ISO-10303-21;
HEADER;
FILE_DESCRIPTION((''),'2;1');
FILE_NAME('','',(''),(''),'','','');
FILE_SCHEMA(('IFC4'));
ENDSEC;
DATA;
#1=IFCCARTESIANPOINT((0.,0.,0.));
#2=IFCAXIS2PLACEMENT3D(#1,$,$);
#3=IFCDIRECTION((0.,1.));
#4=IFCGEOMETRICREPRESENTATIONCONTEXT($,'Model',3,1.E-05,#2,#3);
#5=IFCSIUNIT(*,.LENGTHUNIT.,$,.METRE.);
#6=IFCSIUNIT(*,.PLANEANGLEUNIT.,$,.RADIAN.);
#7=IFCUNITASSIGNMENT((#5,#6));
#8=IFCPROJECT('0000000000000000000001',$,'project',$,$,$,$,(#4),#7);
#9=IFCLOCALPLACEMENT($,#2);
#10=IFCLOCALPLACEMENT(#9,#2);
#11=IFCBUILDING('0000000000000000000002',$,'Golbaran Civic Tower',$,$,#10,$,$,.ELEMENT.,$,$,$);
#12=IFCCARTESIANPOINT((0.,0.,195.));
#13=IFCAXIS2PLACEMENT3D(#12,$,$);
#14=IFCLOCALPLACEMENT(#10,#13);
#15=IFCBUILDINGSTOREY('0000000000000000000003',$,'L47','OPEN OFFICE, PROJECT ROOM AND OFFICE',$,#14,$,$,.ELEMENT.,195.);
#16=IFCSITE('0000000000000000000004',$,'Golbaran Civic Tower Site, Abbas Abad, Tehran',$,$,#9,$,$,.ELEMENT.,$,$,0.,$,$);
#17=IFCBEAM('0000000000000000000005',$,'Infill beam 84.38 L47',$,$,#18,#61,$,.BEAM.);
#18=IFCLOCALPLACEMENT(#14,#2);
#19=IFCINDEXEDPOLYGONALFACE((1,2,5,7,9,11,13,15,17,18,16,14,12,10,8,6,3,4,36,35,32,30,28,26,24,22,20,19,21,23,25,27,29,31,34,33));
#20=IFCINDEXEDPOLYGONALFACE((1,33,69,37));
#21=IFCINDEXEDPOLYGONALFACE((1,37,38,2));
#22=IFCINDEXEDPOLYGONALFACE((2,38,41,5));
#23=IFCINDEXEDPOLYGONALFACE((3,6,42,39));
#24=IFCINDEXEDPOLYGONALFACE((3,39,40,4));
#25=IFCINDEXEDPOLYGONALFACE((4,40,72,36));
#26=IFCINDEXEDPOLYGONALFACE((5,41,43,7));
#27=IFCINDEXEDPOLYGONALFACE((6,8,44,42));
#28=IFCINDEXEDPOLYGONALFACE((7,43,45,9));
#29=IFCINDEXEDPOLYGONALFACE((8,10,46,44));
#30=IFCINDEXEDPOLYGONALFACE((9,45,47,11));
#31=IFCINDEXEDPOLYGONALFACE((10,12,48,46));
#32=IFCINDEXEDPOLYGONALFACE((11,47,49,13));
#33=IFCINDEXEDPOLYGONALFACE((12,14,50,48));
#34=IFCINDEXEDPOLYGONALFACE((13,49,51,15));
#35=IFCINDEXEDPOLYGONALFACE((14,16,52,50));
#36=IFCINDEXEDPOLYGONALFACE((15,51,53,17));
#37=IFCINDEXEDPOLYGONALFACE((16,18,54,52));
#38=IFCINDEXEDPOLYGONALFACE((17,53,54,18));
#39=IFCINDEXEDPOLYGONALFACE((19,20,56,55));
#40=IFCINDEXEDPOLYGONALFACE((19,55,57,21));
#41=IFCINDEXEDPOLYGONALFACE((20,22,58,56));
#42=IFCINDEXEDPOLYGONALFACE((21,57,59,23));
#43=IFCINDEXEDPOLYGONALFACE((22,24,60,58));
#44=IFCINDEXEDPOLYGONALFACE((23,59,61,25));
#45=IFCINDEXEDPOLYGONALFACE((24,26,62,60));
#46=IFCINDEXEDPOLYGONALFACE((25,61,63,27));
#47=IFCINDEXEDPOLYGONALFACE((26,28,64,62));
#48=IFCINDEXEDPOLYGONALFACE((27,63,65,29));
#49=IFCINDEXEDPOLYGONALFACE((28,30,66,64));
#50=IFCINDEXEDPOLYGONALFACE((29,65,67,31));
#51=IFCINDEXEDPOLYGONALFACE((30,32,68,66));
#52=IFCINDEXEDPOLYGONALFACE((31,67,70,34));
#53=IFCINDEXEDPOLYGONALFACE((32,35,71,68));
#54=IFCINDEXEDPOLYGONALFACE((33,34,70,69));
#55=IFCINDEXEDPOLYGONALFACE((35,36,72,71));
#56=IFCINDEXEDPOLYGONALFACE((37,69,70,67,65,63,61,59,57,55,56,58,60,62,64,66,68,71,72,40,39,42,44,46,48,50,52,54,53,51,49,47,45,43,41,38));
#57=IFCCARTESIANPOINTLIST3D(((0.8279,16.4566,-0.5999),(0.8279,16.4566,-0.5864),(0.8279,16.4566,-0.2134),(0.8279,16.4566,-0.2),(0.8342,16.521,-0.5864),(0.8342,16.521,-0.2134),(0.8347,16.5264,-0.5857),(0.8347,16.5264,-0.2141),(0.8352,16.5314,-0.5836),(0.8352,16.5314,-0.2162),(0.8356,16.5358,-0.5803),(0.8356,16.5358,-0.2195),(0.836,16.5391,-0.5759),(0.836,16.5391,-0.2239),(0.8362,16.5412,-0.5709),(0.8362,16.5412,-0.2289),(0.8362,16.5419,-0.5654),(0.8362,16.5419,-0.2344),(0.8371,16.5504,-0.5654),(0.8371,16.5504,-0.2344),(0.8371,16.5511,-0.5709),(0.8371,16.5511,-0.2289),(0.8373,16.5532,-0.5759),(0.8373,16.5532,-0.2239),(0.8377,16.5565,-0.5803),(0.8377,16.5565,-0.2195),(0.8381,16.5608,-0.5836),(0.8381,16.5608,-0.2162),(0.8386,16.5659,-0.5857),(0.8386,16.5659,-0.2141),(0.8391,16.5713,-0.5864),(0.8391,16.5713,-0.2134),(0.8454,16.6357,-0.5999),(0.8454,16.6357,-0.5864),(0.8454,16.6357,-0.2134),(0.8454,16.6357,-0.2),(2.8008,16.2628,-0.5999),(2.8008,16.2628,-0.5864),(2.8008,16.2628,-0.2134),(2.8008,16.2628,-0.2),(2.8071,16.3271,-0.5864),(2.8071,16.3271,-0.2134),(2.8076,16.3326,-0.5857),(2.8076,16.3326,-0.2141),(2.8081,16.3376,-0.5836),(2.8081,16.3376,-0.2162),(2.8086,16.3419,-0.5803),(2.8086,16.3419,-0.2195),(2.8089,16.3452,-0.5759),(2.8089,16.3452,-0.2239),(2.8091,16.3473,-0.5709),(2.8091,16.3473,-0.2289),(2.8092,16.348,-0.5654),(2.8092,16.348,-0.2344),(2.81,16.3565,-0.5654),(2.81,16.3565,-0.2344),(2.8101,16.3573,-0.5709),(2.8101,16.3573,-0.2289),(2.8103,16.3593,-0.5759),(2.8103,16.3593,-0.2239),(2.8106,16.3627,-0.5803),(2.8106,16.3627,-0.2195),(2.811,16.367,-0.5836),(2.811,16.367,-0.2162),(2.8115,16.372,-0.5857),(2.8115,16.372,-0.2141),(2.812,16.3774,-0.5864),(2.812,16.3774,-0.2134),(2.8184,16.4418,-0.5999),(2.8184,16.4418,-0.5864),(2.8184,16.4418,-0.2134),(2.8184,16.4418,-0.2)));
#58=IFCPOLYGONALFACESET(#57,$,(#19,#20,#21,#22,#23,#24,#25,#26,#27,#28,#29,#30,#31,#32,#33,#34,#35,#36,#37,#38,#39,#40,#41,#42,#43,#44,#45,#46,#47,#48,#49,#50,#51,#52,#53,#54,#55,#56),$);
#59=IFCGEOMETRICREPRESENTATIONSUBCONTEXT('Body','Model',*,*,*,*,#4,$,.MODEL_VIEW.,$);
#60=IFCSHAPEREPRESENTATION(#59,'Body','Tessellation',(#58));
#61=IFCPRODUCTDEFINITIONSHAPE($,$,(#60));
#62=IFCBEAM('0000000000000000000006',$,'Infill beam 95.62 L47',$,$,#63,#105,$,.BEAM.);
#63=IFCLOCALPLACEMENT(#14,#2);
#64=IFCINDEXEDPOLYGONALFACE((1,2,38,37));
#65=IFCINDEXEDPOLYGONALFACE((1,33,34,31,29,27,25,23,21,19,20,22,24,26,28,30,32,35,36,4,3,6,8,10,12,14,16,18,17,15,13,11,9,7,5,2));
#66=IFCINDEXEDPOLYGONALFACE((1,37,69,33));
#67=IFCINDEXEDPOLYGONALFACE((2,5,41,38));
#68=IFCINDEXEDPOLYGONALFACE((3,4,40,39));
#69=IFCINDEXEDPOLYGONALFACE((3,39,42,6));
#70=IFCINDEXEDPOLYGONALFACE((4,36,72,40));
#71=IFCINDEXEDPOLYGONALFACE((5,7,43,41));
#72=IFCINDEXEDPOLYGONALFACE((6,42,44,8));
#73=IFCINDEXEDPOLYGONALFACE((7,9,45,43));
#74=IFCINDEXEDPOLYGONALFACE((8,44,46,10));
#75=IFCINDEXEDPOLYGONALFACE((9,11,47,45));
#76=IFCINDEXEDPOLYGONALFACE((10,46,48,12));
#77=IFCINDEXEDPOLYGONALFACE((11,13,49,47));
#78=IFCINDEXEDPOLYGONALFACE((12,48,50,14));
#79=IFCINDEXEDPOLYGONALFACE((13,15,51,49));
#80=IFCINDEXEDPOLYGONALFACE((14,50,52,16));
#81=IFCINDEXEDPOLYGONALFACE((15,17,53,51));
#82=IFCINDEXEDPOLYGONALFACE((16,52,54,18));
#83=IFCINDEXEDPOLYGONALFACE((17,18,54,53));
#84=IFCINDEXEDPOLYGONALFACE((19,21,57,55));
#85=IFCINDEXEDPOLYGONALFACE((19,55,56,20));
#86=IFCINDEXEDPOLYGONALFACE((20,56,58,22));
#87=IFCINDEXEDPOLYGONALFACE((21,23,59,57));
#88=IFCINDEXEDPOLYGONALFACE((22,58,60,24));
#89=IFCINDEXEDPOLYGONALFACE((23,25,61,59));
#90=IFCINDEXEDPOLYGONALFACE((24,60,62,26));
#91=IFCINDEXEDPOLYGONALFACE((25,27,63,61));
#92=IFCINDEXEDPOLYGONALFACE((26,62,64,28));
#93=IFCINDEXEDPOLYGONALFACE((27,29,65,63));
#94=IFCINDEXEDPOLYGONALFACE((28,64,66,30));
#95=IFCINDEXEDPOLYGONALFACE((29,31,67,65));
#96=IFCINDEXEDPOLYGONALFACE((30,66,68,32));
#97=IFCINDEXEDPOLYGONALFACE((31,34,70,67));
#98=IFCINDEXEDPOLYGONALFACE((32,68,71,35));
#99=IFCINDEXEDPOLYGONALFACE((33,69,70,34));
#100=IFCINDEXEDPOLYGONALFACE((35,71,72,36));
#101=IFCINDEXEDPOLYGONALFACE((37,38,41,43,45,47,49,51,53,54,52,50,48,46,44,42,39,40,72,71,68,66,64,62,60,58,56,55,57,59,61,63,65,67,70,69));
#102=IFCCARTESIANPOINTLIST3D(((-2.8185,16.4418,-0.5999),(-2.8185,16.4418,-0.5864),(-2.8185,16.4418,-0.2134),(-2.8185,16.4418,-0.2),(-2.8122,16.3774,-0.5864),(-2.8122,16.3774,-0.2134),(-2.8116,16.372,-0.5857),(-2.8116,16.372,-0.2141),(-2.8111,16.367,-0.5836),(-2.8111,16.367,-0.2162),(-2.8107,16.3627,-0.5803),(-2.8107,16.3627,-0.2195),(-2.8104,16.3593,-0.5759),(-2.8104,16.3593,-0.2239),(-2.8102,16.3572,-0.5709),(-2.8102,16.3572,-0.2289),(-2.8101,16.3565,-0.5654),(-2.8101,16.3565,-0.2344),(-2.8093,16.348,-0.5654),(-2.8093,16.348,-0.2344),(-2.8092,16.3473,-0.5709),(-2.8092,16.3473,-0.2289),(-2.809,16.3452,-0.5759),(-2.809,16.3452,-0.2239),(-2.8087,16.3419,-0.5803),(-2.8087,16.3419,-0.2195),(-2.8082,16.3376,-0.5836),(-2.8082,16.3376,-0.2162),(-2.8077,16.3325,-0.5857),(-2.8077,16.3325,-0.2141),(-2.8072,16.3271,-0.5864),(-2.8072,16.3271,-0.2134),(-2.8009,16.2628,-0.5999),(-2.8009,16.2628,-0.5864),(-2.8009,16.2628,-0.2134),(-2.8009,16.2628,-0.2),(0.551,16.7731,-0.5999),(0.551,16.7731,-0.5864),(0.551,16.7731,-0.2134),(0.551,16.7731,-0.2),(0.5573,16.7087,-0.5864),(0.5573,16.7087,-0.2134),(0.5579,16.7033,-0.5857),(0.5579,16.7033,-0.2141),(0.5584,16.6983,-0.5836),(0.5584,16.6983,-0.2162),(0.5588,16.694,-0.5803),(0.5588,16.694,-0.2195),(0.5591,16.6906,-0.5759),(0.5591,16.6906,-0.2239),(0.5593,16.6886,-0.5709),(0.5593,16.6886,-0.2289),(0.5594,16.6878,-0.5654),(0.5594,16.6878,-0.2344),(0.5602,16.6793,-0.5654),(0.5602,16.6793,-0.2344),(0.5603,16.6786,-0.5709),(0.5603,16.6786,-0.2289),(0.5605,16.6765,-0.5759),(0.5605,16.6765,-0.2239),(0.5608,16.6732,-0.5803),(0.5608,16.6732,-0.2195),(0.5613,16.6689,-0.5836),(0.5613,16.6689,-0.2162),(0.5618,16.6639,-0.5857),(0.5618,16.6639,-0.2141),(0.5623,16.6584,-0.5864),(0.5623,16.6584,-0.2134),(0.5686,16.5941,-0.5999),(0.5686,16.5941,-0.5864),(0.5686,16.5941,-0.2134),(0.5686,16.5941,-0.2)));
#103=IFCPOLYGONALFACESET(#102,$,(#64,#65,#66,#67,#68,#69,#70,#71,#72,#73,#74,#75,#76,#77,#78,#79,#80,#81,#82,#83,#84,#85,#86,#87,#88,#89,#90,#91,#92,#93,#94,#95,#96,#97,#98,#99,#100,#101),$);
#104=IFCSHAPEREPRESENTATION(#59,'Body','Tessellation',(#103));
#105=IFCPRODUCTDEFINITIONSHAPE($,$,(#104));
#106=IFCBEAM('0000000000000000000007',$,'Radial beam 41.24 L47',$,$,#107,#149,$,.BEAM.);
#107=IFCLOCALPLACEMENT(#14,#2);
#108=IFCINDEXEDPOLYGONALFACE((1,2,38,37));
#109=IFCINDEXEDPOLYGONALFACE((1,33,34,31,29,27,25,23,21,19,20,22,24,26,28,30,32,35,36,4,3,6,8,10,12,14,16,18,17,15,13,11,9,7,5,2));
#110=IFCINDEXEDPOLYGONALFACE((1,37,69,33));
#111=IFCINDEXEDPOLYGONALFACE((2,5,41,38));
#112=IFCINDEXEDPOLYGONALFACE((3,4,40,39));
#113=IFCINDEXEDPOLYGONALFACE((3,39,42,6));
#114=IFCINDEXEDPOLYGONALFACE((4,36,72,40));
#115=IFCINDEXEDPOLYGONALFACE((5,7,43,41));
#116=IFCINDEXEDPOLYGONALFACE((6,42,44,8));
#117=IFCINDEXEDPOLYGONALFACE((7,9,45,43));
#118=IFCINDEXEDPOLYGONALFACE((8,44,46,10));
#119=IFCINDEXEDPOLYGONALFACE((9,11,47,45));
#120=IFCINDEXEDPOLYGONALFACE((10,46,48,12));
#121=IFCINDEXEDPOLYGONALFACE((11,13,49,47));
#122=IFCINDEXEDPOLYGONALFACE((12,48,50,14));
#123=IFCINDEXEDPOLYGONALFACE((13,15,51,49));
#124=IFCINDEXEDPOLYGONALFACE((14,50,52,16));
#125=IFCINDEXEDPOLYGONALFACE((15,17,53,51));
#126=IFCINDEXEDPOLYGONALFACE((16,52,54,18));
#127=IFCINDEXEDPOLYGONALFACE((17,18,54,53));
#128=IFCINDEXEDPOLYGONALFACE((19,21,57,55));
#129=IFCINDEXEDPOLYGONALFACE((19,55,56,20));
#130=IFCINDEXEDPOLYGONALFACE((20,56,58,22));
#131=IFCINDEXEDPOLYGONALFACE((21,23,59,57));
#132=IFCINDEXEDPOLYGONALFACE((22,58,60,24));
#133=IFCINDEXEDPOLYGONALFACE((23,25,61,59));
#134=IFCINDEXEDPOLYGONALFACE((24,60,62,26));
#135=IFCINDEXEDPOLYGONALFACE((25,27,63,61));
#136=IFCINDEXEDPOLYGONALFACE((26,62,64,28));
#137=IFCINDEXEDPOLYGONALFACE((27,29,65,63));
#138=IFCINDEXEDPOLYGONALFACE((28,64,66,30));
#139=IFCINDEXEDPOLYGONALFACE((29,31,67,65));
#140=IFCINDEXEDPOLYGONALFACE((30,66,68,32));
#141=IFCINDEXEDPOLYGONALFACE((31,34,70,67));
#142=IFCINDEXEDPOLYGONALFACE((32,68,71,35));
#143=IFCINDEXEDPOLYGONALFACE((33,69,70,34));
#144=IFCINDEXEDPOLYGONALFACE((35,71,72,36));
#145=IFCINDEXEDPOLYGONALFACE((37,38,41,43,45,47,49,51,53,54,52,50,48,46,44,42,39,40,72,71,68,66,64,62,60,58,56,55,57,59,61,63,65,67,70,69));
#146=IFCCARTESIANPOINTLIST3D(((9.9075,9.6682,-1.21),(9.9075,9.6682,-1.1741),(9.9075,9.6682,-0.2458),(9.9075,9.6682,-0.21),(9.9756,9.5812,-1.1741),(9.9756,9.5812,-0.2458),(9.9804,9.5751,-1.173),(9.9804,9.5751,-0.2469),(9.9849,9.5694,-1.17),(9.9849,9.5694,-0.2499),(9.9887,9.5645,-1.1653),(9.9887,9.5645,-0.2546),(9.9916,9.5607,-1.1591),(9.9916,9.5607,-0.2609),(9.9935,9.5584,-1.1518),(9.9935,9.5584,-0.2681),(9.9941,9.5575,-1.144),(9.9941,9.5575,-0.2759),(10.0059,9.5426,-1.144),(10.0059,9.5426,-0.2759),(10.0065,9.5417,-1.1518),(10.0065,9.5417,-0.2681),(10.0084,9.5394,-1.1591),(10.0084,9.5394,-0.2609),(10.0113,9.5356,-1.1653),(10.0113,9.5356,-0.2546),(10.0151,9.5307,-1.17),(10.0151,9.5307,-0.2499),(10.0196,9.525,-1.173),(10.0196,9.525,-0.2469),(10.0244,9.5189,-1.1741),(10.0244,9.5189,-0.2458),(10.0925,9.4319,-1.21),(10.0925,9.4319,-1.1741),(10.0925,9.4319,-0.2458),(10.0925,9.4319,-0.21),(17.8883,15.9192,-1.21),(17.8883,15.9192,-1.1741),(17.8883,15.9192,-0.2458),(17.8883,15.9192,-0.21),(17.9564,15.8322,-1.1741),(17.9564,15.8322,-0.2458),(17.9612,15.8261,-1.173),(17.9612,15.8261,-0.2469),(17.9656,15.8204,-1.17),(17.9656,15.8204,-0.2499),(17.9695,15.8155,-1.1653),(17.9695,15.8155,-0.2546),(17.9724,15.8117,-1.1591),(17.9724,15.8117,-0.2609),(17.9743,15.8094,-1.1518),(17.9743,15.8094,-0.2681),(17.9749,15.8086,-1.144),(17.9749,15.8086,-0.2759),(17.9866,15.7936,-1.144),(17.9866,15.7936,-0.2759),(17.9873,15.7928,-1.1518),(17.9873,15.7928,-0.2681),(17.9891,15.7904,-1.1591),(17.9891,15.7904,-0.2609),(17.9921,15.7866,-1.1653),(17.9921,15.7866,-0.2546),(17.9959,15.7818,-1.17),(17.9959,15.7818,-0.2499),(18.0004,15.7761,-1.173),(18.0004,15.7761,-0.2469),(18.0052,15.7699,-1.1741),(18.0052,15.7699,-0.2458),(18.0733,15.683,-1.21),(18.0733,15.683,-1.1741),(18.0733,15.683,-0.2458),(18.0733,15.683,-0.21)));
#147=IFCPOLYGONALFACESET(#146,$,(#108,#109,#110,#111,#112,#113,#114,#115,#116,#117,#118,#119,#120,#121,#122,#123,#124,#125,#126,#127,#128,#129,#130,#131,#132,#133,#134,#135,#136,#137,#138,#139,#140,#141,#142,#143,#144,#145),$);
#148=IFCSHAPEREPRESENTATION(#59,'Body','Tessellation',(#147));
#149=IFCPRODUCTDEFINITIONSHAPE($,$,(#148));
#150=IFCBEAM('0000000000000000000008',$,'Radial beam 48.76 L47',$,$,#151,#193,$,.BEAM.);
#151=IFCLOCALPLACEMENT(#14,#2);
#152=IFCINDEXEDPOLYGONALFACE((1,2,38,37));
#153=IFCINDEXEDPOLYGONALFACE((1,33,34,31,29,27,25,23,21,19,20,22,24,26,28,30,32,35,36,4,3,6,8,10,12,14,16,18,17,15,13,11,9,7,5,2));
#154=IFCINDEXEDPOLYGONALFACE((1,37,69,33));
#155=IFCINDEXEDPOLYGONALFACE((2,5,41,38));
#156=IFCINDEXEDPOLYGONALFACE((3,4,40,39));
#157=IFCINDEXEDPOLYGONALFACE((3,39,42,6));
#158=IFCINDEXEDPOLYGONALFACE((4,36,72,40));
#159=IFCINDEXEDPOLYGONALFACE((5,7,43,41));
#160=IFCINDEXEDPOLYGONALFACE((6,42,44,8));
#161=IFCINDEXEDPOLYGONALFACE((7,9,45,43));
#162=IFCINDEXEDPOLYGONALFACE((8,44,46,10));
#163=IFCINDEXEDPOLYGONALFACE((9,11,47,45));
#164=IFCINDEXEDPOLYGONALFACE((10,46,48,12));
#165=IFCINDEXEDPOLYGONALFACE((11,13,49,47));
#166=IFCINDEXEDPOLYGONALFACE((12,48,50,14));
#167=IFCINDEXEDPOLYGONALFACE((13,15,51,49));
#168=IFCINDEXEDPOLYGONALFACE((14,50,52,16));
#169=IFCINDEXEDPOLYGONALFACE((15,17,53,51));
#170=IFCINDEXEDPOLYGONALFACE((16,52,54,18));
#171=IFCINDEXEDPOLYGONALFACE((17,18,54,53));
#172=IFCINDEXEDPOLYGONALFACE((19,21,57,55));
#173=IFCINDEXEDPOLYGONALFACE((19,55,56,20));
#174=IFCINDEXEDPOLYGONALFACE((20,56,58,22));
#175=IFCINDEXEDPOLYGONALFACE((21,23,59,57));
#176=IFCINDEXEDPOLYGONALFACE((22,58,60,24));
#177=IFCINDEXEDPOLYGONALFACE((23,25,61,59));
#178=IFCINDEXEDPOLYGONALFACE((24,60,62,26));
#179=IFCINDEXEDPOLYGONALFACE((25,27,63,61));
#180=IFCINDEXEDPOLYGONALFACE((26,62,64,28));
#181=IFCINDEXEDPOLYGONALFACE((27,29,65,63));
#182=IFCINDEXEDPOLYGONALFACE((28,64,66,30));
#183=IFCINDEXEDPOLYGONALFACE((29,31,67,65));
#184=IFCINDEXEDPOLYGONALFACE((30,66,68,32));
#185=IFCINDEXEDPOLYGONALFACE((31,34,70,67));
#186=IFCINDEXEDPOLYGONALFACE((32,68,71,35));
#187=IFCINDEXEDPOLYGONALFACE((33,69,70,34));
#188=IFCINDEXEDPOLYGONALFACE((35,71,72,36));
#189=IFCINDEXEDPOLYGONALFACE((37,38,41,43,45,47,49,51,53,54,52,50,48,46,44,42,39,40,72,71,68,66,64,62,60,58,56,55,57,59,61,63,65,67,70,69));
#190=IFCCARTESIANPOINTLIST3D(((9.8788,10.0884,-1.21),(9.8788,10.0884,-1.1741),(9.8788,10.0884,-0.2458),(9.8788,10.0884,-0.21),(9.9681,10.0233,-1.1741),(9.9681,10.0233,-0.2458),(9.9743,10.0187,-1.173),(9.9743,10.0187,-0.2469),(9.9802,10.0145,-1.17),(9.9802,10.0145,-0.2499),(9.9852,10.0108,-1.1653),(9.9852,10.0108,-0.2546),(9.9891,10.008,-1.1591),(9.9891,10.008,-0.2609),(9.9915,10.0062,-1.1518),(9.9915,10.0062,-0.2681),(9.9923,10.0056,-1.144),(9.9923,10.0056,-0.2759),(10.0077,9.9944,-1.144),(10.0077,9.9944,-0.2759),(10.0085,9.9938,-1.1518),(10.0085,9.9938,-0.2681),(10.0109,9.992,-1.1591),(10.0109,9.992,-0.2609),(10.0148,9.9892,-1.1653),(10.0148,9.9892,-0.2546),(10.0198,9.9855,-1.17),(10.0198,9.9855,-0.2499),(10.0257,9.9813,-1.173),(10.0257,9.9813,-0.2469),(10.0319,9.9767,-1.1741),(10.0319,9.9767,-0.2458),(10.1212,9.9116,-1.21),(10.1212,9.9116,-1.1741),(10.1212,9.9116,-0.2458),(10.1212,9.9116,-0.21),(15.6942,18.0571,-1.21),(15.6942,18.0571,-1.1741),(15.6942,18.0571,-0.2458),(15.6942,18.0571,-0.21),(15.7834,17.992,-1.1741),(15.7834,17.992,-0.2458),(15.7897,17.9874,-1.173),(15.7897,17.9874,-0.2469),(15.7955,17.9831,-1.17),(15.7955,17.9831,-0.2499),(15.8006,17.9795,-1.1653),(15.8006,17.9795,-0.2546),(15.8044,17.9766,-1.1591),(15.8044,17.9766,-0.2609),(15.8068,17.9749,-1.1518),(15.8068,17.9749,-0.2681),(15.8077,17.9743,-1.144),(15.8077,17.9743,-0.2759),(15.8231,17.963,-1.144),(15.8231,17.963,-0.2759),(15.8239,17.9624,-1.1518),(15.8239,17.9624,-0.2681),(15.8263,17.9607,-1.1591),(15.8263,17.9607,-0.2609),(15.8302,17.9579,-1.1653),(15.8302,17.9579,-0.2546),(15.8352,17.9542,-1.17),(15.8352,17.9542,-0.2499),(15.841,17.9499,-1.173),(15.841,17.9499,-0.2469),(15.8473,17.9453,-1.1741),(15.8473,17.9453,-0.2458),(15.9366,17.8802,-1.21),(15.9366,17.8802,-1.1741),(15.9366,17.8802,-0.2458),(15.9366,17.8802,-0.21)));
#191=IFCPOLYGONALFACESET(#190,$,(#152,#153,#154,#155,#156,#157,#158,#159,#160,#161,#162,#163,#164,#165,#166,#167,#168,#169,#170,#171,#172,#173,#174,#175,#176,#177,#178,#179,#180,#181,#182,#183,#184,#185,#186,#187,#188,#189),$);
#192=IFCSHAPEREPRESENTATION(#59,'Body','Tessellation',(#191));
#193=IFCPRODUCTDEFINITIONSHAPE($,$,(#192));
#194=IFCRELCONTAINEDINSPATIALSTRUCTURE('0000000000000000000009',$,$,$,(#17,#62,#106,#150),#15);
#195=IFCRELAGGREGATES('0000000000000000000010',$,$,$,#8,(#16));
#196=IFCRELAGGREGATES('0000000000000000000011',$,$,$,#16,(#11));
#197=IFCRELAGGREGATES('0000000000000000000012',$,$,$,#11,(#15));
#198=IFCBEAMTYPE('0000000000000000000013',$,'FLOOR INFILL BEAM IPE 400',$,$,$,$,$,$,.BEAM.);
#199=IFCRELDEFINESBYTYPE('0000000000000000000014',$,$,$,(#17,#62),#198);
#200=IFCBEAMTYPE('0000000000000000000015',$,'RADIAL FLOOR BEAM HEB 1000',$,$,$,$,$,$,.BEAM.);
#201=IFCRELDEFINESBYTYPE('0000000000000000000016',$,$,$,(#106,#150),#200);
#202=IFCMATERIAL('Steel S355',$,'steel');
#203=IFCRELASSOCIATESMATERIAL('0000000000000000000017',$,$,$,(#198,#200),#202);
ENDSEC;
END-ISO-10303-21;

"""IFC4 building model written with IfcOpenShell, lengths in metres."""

from ifc_helpers import new_model, si_unit, direction, frame, origin, origin_2d, place, context, subcontext, project, spatial, i_section, extrude, material, material_profile, profile_set, type_object, element, save


model = new_model("IFC4")

# Units and contexts
model_context = context("Model", 3, precision=1e-05, world=origin(), true_north=direction((0.0, 1.0)))
body_context = subcontext(model_context, "Body", "Model", "MODEL_VIEW")
ifc_project = project(units=[si_unit("LENGTHUNIT", "METRE"), si_unit("PLANEANGLEUNIT", "RADIAN")], contexts=[model_context])

# Site, building, storey
site_placement = place(None, origin())
site = spatial("IfcSite", under=ifc_project, at=site_placement, Name="Golbaran Civic Tower Site, Abbas Abad, Tehran", CompositionType="ELEMENT", RefElevation=0.0)
building_placement = place(site_placement, origin())
building = spatial("IfcBuilding", under=site, at=building_placement, Name="Golbaran Civic Tower", CompositionType="ELEMENT")
storey_placement = place(building_placement, frame((0.0, 0.0, 195.0)))
storey = spatial("IfcBuildingStorey", under=building, at=storey_placement, Name="L47", Description="OPEN OFFICE, PROJECT ROOM AND OFFICE", CompositionType="ELEMENT", Elevation=195.0)

# Beams
ifc_material_1 = material(Name="Steel S355", Category="steel")
ifc_material_profile_1 = material_profile(ifc_material_1, i_section(OverallWidth=0.1799, OverallDepth=0.3999, WebThickness=0.0085, FlangeThickness=0.0134, FilletRadius=0.021, at=origin_2d()), Name="IPE 400")
ifc_profile_set_1 = profile_set([ifc_material_profile_1], Name="Steel S355")
beam_type_1 = type_object("IfcBeamType", Name="FLOOR INFILL BEAM IPE 400", PredefinedType="BEAM", material=ifc_profile_set_1)
beam_1_placement = place(storey_placement, frame((2.8096, 16.3523, -0.3999), z_axis=(-0.995208, 0.097784, 0.0), x_axis=(-0.097784, -0.995208, 0.0)))
element("IfcBeam", 1, at=beam_1_placement, inside=storey, type_object=beam_type_1, Name="Infill beam 84.38 L47", PredefinedType="BEAM", context=body_context, shape_type="SweptSolid", body=[
    extrude(i_section(OverallWidth=0.1799, OverallDepth=0.3999, WebThickness=0.0085, FlangeThickness=0.0134, FilletRadius=0.021, at=origin_2d()), origin(), (0.0, 0.0, 1.0), 1.9824),
])
beam_2_placement = place(storey_placement, frame((0.5598, 16.6836, -0.3999), z_axis=(-0.995201, -0.097854, 0.0), x_axis=(0.097854, -0.995201, 0.0)))
element("IfcBeam", 2, at=beam_2_placement, inside=storey, type_object=beam_type_1, Name="Infill beam 95.62 L47", PredefinedType="BEAM", context=body_context, shape_type="SweptSolid", body=[
    extrude(i_section(OverallWidth=0.1799, OverallDepth=0.3999, WebThickness=0.0085, FlangeThickness=0.0134, FilletRadius=0.021, at=origin_2d()), origin(), (0.0, 0.0, 1.0), 3.3857),
])
ifc_material_profile_2 = material_profile(ifc_material_1, i_section(OverallWidth=0.3, OverallDepth=1.0, WebThickness=0.019, FlangeThickness=0.0359, FilletRadius=0.03, at=origin_2d()), Name="HEB 1000")
ifc_profile_set_2 = profile_set([ifc_material_profile_2], Name="Steel S355")
beam_type_2 = type_object("IfcBeamType", Name="RADIAL FLOOR BEAM HEB 1000", PredefinedType="BEAM", material=ifc_profile_set_2)
beam_3_placement = place(storey_placement, frame((10.0, 9.55, -0.71), z_axis=(0.787256, 0.616626, 0.0), x_axis=(-0.616626, 0.787256, 0.0)))
element("IfcBeam", 3, at=beam_3_placement, inside=storey, type_object=beam_type_2, Name="Radial beam 41.24 L47", PredefinedType="BEAM", context=body_context, shape_type="SweptSolid", body=[
    extrude(i_section(OverallWidth=0.3, OverallDepth=1.0, WebThickness=0.019, FlangeThickness=0.0359, FilletRadius=0.03, at=origin_2d()), origin(), (0.0, 0.0, 1.0), 10.1375),
])
beam_4_placement = place(storey_placement, frame((10.0, 10.0, -0.71), z_axis=(0.589495, 0.807772, 0.0), x_axis=(-0.807772, 0.589495, 0.0)))
element("IfcBeam", 4, at=beam_4_placement, inside=storey, type_object=beam_type_2, Name="Radial beam 48.76 L47", PredefinedType="BEAM", context=body_context, shape_type="SweptSolid", body=[
    extrude(i_section(OverallWidth=0.3, OverallDepth=1.0, WebThickness=0.019, FlangeThickness=0.0359, FilletRadius=0.03, at=origin_2d()), origin(), (0.0, 0.0, 1.0), 9.865),
])

save(model, "model.ifc")
